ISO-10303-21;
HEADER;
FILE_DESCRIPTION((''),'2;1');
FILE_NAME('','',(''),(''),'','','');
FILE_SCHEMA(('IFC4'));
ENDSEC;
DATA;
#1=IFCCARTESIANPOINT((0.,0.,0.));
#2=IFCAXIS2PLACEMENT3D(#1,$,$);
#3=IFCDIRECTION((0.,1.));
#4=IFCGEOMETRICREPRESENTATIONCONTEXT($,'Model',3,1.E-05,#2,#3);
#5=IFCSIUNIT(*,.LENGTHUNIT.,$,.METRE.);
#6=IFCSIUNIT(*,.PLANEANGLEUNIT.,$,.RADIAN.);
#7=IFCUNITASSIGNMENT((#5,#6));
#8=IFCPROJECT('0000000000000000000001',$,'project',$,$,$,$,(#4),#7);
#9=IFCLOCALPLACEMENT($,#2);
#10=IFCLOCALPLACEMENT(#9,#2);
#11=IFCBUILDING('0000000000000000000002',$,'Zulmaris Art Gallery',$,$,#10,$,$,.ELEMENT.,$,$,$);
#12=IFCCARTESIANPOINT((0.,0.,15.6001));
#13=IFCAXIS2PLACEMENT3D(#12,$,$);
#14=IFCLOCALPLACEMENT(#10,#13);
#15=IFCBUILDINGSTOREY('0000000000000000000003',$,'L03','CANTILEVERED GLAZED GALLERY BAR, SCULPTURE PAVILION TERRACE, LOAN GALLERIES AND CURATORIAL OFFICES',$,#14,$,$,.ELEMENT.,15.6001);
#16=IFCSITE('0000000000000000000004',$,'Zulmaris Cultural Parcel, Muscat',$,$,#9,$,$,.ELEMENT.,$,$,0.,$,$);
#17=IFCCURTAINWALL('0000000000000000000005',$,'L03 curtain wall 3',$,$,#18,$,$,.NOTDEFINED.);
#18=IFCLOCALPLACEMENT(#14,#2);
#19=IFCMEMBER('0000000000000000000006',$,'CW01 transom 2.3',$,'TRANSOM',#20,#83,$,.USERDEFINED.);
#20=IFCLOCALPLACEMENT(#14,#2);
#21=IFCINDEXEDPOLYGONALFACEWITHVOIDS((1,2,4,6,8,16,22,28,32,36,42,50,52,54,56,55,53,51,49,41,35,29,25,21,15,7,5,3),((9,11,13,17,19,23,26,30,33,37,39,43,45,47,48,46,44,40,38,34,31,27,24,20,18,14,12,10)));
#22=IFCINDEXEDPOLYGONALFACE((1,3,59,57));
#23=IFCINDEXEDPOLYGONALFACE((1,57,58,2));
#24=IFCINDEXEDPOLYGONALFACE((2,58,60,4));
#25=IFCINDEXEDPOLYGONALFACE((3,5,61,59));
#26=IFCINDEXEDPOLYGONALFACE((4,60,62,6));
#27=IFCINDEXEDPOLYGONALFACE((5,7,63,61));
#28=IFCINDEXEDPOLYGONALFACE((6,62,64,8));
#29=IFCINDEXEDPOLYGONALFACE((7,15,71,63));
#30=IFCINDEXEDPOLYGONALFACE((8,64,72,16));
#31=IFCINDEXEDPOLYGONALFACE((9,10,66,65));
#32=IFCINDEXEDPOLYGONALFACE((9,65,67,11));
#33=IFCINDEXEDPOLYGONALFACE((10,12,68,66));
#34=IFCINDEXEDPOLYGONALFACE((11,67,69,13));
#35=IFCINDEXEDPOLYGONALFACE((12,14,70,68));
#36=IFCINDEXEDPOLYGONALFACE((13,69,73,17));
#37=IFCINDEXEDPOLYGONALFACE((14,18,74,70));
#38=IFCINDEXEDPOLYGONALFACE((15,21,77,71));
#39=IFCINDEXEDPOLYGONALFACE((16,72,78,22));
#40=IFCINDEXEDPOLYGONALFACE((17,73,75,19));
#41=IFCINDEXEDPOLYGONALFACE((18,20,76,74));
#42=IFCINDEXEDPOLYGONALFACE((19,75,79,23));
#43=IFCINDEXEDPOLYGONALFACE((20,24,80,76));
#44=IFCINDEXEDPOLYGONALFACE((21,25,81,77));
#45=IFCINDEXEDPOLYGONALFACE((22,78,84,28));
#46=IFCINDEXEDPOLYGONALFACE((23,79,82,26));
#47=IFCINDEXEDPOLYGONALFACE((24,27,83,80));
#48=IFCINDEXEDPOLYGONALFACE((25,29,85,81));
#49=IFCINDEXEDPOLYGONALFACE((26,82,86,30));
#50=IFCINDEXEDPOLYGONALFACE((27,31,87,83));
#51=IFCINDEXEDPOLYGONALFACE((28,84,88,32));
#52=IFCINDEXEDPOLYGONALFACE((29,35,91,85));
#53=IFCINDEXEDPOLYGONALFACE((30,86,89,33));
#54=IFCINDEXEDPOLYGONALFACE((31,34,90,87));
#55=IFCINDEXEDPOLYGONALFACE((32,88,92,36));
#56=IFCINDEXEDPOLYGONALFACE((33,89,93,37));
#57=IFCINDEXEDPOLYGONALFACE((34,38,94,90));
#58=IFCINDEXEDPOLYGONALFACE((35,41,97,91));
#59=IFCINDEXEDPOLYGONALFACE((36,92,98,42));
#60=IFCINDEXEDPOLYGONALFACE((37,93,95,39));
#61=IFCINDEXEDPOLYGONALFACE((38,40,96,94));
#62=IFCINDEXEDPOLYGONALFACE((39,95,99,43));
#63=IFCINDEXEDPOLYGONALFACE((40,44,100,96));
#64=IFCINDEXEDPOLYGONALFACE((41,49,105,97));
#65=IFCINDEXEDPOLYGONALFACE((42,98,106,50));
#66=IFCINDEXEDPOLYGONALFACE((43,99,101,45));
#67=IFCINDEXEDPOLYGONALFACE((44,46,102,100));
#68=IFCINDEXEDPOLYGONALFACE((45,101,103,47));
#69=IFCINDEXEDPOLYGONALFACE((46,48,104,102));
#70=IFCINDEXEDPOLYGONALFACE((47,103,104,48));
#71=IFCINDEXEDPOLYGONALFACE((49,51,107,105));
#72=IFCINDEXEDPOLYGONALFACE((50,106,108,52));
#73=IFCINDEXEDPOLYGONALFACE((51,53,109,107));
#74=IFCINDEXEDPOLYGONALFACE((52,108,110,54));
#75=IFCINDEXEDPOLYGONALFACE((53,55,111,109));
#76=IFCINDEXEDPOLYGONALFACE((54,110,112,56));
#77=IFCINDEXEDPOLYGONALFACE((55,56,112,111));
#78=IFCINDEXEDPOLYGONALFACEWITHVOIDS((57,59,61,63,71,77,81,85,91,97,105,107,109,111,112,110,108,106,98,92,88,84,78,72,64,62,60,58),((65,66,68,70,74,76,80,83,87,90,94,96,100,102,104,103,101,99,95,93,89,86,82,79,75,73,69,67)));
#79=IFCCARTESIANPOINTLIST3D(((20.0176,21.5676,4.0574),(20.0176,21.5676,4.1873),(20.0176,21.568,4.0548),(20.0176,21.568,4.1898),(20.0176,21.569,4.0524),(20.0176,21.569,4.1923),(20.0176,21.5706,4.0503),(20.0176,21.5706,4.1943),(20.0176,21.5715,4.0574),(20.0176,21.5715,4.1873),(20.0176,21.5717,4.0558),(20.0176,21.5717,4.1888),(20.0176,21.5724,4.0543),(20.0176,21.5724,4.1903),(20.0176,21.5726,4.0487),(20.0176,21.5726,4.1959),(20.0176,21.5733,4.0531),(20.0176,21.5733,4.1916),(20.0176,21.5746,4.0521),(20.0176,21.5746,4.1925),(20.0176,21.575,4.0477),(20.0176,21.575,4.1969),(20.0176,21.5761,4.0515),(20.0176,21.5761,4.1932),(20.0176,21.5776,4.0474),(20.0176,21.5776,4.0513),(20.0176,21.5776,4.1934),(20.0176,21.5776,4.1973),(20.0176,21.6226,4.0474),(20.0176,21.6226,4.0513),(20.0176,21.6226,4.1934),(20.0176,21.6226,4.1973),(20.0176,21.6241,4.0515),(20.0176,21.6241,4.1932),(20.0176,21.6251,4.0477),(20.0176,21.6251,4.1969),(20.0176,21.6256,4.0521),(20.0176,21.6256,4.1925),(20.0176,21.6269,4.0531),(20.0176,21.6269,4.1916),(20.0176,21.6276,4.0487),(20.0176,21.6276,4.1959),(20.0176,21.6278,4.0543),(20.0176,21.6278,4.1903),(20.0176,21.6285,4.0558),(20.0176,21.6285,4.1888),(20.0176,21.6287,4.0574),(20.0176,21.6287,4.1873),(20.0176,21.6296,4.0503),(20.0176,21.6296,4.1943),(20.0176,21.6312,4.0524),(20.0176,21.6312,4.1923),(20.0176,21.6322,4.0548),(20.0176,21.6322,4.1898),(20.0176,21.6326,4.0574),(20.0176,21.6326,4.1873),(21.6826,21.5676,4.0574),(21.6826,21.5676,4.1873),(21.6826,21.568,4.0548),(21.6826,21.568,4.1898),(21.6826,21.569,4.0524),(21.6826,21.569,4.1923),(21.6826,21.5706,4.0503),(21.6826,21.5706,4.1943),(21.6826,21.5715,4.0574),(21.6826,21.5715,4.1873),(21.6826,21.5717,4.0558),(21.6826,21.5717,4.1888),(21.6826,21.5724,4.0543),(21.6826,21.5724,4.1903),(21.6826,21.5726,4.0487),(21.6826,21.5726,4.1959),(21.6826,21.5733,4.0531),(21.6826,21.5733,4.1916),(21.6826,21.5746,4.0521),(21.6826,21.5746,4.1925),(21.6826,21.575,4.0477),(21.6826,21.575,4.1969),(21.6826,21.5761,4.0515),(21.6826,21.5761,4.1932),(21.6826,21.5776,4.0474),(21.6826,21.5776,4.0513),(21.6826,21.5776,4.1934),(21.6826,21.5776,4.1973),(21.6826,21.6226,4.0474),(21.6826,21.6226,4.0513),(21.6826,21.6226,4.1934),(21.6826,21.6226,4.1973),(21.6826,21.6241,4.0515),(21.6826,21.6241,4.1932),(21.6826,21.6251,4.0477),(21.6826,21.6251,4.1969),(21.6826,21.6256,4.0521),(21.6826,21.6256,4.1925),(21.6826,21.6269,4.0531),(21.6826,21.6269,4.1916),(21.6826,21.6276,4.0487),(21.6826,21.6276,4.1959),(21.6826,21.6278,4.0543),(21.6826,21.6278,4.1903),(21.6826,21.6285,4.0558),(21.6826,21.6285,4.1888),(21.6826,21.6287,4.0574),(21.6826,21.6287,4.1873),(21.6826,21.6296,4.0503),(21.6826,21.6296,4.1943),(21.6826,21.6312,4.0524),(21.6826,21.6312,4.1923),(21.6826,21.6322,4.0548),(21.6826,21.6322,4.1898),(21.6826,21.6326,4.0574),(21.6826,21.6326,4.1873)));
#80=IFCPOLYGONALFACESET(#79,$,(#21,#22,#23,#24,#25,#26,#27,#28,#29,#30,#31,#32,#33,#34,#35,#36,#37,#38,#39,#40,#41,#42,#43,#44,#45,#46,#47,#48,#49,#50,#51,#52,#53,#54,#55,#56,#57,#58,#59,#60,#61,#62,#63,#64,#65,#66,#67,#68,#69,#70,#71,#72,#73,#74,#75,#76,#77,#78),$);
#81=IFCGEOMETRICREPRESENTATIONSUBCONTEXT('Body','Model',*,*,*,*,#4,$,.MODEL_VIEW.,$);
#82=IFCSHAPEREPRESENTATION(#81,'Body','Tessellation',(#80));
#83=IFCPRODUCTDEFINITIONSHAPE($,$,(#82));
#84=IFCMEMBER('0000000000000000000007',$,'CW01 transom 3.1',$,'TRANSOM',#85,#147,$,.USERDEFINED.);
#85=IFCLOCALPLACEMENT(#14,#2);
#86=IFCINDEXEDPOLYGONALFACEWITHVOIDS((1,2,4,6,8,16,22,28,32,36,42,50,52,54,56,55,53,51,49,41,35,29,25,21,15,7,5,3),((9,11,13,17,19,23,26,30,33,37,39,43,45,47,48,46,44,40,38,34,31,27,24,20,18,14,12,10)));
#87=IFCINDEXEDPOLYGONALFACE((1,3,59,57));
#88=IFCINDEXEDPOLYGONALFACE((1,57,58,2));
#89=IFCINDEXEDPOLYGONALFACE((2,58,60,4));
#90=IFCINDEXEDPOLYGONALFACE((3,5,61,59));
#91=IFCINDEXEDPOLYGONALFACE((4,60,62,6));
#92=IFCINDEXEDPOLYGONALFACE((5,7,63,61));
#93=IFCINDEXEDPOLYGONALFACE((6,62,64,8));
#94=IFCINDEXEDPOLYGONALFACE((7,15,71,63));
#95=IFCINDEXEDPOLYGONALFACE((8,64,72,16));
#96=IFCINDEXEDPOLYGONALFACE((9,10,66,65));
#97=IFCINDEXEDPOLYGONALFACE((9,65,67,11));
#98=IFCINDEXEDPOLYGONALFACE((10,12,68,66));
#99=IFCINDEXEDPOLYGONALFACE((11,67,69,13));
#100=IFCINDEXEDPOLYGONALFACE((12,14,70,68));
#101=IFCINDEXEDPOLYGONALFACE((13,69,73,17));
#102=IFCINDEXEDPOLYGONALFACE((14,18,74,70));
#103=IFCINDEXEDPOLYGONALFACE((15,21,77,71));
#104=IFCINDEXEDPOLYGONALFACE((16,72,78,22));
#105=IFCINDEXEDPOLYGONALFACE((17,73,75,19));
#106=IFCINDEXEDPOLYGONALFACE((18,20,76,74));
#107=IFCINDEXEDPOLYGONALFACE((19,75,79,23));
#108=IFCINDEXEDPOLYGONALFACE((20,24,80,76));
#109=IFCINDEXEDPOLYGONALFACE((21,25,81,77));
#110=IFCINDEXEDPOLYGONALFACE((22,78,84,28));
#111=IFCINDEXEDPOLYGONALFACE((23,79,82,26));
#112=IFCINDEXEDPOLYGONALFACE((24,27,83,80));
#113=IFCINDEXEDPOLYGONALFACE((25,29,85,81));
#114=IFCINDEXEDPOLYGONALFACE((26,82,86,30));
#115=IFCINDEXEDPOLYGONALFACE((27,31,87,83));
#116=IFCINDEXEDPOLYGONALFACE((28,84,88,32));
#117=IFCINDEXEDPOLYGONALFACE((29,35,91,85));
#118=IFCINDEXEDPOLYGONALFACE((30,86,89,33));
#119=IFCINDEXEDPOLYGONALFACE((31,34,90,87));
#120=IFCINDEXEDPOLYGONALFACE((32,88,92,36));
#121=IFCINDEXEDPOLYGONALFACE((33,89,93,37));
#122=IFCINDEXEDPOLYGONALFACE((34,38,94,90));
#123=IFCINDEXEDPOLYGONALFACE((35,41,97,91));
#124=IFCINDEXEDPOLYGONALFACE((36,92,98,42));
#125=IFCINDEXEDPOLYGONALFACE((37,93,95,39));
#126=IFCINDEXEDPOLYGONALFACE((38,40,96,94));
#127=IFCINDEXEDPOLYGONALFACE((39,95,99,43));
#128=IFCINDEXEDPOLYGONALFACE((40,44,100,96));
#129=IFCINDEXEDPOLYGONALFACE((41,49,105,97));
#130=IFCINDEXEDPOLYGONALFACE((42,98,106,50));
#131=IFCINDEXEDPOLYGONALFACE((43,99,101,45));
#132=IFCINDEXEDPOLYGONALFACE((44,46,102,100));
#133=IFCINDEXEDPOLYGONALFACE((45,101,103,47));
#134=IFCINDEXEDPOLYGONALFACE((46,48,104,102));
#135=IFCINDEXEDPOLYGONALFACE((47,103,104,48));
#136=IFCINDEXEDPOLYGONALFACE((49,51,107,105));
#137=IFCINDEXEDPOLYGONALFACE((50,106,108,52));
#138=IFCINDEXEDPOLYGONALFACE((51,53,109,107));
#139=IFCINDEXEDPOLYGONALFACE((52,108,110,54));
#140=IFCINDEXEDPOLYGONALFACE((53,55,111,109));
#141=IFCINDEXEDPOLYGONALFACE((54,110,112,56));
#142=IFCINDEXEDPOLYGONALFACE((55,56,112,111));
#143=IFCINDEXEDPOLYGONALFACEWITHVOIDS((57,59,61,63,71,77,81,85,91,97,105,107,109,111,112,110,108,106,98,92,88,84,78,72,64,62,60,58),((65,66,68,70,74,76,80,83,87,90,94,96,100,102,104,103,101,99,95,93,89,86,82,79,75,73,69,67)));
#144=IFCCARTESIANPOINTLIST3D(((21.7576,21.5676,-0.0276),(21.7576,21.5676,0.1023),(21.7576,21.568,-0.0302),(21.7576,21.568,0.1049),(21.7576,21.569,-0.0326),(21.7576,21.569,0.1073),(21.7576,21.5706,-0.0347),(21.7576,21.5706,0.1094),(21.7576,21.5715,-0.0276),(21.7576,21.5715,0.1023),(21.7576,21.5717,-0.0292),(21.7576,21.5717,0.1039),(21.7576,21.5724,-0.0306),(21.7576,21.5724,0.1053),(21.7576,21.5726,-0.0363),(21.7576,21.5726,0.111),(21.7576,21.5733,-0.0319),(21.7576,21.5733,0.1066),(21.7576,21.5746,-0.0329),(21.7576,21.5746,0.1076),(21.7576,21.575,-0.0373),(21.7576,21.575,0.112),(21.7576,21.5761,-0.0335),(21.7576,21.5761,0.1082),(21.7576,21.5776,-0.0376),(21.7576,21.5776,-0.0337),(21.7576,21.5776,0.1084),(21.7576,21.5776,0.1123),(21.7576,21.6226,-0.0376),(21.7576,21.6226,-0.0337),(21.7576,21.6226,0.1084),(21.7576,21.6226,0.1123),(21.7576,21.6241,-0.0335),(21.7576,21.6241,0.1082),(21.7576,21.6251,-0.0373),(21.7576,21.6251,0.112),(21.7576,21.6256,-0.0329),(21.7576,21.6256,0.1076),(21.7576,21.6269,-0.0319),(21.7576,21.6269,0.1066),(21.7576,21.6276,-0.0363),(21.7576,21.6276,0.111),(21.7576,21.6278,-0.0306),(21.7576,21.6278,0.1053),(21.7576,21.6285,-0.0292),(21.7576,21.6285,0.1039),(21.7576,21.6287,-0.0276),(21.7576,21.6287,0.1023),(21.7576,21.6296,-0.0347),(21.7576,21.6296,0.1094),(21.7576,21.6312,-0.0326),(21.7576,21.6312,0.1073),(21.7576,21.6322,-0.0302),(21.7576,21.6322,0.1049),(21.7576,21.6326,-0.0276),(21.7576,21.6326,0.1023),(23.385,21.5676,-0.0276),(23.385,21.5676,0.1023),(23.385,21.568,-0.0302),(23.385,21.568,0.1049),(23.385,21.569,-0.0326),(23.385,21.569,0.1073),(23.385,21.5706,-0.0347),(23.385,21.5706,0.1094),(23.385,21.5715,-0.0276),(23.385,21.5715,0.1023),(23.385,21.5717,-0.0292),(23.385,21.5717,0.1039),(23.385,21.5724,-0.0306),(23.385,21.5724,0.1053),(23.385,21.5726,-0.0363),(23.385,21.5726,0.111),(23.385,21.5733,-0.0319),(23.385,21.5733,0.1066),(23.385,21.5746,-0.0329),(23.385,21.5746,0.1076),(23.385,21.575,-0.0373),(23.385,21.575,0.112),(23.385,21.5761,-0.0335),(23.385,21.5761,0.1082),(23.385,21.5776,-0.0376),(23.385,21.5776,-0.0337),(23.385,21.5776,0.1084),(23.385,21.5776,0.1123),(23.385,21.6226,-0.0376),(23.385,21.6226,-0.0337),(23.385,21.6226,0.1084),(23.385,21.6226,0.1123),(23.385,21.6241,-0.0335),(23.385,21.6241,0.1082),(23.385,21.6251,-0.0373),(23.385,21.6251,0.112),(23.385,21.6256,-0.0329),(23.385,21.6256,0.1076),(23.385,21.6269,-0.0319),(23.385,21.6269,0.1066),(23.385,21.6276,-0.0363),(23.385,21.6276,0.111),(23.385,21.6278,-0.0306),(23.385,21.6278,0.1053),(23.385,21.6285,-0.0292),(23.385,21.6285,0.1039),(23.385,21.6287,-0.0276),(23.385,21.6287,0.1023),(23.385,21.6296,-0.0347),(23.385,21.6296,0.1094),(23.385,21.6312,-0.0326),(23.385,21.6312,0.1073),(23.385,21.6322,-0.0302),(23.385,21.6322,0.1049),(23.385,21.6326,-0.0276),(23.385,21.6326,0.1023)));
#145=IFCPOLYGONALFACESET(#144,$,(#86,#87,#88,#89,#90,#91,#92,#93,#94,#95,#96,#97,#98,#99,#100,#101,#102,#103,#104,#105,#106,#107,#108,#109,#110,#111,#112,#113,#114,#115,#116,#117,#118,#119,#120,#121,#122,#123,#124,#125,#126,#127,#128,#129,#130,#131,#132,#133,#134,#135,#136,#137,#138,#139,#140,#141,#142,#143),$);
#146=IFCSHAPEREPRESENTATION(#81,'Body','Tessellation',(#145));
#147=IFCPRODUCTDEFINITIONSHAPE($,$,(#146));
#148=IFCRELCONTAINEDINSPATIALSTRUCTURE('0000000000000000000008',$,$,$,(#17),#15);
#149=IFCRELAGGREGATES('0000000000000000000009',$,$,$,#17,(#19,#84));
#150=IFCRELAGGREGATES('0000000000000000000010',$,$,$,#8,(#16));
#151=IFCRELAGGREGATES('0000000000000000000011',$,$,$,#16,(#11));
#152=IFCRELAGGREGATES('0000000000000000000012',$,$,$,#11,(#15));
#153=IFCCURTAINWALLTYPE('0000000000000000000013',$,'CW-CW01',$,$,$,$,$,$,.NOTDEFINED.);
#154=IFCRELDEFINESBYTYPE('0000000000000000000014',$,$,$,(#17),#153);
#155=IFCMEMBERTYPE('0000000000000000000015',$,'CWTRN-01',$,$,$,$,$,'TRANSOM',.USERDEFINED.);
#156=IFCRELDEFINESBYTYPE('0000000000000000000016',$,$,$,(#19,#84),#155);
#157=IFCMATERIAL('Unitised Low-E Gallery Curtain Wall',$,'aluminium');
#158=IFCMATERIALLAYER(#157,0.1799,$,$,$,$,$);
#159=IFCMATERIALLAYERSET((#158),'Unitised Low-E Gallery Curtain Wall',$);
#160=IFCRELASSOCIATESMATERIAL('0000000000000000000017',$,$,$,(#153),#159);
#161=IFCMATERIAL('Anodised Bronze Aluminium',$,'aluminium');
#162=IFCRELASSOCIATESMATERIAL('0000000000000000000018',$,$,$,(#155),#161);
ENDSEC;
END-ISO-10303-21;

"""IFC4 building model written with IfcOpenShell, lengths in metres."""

from ifc_helpers import new_model, si_unit, direction, frame, origin, origin_2d, place, context, subcontext, project, spatial, hollow_rectangle, extrude, material, layer, layer_set, material_profile, profile_set, type_object, element, aggregate, save


model = new_model("IFC4")

# Units and contexts
model_context = context("Model", 3, precision=1e-05, world=origin(), true_north=direction((0.0, 1.0)))
body_context = subcontext(model_context, "Body", "Model", "MODEL_VIEW")
ifc_project = project(units=[si_unit("LENGTHUNIT", "METRE"), si_unit("PLANEANGLEUNIT", "RADIAN")], contexts=[model_context])

# Site, building, storey
site_placement = place(None, origin())
site = spatial("IfcSite", under=ifc_project, at=site_placement, Name="Zulmaris Cultural Parcel, Muscat", CompositionType="ELEMENT", RefElevation=0.0)
building_placement = place(site_placement, origin())
building = spatial("IfcBuilding", under=site, at=building_placement, Name="Zulmaris Art Gallery", CompositionType="ELEMENT")
storey_placement = place(building_placement, frame((0.0, 0.0, 15.6001)))
storey = spatial("IfcBuildingStorey", under=building, at=storey_placement, Name="L03", Description="CANTILEVERED GLAZED GALLERY BAR, SCULPTURE PAVILION TERRACE, LOAN GALLERIES AND CURATORIAL OFFICES", CompositionType="ELEMENT", Elevation=15.6001)

# Curtain wall
ifc_material_1 = material(Name="Unitised Low-E Gallery Curtain Wall", Category="aluminium")
ifc_layer_1 = layer(ifc_material_1, 0.1799)
ifc_layer_set_1 = layer_set([ifc_layer_1], Name="Unitised Low-E Gallery Curtain Wall")
curtain_wall_type = type_object("IfcCurtainWallType", Name="CW-CW01", PredefinedType="NOTDEFINED", material=ifc_layer_set_1)
curtain_wall_1_placement = place(storey_placement, origin())
curtain_wall_1 = element("IfcCurtainWall", 1, at=curtain_wall_1_placement, inside=storey, type_object=curtain_wall_type, Name="L03 curtain wall 3", PredefinedType="NOTDEFINED")
ifc_material_2 = material(Name="Anodised Bronze Aluminium", Category="aluminium")

# Members
ifc_material_profile_1 = material_profile(ifc_material_2, hollow_rectangle(XDim=0.0649, YDim=0.1499, WallThickness=0.0039, InnerFilletRadius=0.0061, OuterFilletRadius=0.01, at=origin_2d()), Name="ALU 65x150x4")
ifc_profile_set_1 = profile_set([ifc_material_profile_1], Name="Anodised Bronze Aluminium")
member_type_1 = type_object("IfcMemberType", Name="CWTRN-01", ElementType="TRANSOM", PredefinedType="USERDEFINED", material=ifc_profile_set_1)
member_1_placement = place(storey_placement, frame((20.0176, 21.6001, 4.1223), z_axis=(1.0, 0.0, 0.0), x_axis=(0.0, 1.0, 0.0)))
member_1 = element("IfcMember", 2, at=member_1_placement, type_object=member_type_1, Name="CW01 transom 2.3", ObjectType="TRANSOM", PredefinedType="USERDEFINED", context=body_context, shape_type="SweptSolid", body=[
    extrude(hollow_rectangle(XDim=0.0649, YDim=0.1499, WallThickness=0.0039, InnerFilletRadius=0.0061, OuterFilletRadius=0.01, at=origin_2d()), origin(), (0.0, 0.0, 1.0), 1.665),
])
member_2_placement = place(storey_placement, frame((21.7576, 21.6001, 0.0374), z_axis=(1.0, 0.0, 0.0), x_axis=(0.0, 1.0, 0.0)))
member_2 = element("IfcMember", 3, at=member_2_placement, type_object=member_type_1, Name="CW01 transom 3.1", ObjectType="TRANSOM", PredefinedType="USERDEFINED", context=body_context, shape_type="SweptSolid", body=[
    extrude(hollow_rectangle(XDim=0.0649, YDim=0.1499, WallThickness=0.0039, InnerFilletRadius=0.0061, OuterFilletRadius=0.01, at=origin_2d()), origin(), (0.0, 0.0, 1.0), 1.6274),
])

aggregate(curtain_wall_1, [member_1, member_2])

save(model, "model.ifc")
